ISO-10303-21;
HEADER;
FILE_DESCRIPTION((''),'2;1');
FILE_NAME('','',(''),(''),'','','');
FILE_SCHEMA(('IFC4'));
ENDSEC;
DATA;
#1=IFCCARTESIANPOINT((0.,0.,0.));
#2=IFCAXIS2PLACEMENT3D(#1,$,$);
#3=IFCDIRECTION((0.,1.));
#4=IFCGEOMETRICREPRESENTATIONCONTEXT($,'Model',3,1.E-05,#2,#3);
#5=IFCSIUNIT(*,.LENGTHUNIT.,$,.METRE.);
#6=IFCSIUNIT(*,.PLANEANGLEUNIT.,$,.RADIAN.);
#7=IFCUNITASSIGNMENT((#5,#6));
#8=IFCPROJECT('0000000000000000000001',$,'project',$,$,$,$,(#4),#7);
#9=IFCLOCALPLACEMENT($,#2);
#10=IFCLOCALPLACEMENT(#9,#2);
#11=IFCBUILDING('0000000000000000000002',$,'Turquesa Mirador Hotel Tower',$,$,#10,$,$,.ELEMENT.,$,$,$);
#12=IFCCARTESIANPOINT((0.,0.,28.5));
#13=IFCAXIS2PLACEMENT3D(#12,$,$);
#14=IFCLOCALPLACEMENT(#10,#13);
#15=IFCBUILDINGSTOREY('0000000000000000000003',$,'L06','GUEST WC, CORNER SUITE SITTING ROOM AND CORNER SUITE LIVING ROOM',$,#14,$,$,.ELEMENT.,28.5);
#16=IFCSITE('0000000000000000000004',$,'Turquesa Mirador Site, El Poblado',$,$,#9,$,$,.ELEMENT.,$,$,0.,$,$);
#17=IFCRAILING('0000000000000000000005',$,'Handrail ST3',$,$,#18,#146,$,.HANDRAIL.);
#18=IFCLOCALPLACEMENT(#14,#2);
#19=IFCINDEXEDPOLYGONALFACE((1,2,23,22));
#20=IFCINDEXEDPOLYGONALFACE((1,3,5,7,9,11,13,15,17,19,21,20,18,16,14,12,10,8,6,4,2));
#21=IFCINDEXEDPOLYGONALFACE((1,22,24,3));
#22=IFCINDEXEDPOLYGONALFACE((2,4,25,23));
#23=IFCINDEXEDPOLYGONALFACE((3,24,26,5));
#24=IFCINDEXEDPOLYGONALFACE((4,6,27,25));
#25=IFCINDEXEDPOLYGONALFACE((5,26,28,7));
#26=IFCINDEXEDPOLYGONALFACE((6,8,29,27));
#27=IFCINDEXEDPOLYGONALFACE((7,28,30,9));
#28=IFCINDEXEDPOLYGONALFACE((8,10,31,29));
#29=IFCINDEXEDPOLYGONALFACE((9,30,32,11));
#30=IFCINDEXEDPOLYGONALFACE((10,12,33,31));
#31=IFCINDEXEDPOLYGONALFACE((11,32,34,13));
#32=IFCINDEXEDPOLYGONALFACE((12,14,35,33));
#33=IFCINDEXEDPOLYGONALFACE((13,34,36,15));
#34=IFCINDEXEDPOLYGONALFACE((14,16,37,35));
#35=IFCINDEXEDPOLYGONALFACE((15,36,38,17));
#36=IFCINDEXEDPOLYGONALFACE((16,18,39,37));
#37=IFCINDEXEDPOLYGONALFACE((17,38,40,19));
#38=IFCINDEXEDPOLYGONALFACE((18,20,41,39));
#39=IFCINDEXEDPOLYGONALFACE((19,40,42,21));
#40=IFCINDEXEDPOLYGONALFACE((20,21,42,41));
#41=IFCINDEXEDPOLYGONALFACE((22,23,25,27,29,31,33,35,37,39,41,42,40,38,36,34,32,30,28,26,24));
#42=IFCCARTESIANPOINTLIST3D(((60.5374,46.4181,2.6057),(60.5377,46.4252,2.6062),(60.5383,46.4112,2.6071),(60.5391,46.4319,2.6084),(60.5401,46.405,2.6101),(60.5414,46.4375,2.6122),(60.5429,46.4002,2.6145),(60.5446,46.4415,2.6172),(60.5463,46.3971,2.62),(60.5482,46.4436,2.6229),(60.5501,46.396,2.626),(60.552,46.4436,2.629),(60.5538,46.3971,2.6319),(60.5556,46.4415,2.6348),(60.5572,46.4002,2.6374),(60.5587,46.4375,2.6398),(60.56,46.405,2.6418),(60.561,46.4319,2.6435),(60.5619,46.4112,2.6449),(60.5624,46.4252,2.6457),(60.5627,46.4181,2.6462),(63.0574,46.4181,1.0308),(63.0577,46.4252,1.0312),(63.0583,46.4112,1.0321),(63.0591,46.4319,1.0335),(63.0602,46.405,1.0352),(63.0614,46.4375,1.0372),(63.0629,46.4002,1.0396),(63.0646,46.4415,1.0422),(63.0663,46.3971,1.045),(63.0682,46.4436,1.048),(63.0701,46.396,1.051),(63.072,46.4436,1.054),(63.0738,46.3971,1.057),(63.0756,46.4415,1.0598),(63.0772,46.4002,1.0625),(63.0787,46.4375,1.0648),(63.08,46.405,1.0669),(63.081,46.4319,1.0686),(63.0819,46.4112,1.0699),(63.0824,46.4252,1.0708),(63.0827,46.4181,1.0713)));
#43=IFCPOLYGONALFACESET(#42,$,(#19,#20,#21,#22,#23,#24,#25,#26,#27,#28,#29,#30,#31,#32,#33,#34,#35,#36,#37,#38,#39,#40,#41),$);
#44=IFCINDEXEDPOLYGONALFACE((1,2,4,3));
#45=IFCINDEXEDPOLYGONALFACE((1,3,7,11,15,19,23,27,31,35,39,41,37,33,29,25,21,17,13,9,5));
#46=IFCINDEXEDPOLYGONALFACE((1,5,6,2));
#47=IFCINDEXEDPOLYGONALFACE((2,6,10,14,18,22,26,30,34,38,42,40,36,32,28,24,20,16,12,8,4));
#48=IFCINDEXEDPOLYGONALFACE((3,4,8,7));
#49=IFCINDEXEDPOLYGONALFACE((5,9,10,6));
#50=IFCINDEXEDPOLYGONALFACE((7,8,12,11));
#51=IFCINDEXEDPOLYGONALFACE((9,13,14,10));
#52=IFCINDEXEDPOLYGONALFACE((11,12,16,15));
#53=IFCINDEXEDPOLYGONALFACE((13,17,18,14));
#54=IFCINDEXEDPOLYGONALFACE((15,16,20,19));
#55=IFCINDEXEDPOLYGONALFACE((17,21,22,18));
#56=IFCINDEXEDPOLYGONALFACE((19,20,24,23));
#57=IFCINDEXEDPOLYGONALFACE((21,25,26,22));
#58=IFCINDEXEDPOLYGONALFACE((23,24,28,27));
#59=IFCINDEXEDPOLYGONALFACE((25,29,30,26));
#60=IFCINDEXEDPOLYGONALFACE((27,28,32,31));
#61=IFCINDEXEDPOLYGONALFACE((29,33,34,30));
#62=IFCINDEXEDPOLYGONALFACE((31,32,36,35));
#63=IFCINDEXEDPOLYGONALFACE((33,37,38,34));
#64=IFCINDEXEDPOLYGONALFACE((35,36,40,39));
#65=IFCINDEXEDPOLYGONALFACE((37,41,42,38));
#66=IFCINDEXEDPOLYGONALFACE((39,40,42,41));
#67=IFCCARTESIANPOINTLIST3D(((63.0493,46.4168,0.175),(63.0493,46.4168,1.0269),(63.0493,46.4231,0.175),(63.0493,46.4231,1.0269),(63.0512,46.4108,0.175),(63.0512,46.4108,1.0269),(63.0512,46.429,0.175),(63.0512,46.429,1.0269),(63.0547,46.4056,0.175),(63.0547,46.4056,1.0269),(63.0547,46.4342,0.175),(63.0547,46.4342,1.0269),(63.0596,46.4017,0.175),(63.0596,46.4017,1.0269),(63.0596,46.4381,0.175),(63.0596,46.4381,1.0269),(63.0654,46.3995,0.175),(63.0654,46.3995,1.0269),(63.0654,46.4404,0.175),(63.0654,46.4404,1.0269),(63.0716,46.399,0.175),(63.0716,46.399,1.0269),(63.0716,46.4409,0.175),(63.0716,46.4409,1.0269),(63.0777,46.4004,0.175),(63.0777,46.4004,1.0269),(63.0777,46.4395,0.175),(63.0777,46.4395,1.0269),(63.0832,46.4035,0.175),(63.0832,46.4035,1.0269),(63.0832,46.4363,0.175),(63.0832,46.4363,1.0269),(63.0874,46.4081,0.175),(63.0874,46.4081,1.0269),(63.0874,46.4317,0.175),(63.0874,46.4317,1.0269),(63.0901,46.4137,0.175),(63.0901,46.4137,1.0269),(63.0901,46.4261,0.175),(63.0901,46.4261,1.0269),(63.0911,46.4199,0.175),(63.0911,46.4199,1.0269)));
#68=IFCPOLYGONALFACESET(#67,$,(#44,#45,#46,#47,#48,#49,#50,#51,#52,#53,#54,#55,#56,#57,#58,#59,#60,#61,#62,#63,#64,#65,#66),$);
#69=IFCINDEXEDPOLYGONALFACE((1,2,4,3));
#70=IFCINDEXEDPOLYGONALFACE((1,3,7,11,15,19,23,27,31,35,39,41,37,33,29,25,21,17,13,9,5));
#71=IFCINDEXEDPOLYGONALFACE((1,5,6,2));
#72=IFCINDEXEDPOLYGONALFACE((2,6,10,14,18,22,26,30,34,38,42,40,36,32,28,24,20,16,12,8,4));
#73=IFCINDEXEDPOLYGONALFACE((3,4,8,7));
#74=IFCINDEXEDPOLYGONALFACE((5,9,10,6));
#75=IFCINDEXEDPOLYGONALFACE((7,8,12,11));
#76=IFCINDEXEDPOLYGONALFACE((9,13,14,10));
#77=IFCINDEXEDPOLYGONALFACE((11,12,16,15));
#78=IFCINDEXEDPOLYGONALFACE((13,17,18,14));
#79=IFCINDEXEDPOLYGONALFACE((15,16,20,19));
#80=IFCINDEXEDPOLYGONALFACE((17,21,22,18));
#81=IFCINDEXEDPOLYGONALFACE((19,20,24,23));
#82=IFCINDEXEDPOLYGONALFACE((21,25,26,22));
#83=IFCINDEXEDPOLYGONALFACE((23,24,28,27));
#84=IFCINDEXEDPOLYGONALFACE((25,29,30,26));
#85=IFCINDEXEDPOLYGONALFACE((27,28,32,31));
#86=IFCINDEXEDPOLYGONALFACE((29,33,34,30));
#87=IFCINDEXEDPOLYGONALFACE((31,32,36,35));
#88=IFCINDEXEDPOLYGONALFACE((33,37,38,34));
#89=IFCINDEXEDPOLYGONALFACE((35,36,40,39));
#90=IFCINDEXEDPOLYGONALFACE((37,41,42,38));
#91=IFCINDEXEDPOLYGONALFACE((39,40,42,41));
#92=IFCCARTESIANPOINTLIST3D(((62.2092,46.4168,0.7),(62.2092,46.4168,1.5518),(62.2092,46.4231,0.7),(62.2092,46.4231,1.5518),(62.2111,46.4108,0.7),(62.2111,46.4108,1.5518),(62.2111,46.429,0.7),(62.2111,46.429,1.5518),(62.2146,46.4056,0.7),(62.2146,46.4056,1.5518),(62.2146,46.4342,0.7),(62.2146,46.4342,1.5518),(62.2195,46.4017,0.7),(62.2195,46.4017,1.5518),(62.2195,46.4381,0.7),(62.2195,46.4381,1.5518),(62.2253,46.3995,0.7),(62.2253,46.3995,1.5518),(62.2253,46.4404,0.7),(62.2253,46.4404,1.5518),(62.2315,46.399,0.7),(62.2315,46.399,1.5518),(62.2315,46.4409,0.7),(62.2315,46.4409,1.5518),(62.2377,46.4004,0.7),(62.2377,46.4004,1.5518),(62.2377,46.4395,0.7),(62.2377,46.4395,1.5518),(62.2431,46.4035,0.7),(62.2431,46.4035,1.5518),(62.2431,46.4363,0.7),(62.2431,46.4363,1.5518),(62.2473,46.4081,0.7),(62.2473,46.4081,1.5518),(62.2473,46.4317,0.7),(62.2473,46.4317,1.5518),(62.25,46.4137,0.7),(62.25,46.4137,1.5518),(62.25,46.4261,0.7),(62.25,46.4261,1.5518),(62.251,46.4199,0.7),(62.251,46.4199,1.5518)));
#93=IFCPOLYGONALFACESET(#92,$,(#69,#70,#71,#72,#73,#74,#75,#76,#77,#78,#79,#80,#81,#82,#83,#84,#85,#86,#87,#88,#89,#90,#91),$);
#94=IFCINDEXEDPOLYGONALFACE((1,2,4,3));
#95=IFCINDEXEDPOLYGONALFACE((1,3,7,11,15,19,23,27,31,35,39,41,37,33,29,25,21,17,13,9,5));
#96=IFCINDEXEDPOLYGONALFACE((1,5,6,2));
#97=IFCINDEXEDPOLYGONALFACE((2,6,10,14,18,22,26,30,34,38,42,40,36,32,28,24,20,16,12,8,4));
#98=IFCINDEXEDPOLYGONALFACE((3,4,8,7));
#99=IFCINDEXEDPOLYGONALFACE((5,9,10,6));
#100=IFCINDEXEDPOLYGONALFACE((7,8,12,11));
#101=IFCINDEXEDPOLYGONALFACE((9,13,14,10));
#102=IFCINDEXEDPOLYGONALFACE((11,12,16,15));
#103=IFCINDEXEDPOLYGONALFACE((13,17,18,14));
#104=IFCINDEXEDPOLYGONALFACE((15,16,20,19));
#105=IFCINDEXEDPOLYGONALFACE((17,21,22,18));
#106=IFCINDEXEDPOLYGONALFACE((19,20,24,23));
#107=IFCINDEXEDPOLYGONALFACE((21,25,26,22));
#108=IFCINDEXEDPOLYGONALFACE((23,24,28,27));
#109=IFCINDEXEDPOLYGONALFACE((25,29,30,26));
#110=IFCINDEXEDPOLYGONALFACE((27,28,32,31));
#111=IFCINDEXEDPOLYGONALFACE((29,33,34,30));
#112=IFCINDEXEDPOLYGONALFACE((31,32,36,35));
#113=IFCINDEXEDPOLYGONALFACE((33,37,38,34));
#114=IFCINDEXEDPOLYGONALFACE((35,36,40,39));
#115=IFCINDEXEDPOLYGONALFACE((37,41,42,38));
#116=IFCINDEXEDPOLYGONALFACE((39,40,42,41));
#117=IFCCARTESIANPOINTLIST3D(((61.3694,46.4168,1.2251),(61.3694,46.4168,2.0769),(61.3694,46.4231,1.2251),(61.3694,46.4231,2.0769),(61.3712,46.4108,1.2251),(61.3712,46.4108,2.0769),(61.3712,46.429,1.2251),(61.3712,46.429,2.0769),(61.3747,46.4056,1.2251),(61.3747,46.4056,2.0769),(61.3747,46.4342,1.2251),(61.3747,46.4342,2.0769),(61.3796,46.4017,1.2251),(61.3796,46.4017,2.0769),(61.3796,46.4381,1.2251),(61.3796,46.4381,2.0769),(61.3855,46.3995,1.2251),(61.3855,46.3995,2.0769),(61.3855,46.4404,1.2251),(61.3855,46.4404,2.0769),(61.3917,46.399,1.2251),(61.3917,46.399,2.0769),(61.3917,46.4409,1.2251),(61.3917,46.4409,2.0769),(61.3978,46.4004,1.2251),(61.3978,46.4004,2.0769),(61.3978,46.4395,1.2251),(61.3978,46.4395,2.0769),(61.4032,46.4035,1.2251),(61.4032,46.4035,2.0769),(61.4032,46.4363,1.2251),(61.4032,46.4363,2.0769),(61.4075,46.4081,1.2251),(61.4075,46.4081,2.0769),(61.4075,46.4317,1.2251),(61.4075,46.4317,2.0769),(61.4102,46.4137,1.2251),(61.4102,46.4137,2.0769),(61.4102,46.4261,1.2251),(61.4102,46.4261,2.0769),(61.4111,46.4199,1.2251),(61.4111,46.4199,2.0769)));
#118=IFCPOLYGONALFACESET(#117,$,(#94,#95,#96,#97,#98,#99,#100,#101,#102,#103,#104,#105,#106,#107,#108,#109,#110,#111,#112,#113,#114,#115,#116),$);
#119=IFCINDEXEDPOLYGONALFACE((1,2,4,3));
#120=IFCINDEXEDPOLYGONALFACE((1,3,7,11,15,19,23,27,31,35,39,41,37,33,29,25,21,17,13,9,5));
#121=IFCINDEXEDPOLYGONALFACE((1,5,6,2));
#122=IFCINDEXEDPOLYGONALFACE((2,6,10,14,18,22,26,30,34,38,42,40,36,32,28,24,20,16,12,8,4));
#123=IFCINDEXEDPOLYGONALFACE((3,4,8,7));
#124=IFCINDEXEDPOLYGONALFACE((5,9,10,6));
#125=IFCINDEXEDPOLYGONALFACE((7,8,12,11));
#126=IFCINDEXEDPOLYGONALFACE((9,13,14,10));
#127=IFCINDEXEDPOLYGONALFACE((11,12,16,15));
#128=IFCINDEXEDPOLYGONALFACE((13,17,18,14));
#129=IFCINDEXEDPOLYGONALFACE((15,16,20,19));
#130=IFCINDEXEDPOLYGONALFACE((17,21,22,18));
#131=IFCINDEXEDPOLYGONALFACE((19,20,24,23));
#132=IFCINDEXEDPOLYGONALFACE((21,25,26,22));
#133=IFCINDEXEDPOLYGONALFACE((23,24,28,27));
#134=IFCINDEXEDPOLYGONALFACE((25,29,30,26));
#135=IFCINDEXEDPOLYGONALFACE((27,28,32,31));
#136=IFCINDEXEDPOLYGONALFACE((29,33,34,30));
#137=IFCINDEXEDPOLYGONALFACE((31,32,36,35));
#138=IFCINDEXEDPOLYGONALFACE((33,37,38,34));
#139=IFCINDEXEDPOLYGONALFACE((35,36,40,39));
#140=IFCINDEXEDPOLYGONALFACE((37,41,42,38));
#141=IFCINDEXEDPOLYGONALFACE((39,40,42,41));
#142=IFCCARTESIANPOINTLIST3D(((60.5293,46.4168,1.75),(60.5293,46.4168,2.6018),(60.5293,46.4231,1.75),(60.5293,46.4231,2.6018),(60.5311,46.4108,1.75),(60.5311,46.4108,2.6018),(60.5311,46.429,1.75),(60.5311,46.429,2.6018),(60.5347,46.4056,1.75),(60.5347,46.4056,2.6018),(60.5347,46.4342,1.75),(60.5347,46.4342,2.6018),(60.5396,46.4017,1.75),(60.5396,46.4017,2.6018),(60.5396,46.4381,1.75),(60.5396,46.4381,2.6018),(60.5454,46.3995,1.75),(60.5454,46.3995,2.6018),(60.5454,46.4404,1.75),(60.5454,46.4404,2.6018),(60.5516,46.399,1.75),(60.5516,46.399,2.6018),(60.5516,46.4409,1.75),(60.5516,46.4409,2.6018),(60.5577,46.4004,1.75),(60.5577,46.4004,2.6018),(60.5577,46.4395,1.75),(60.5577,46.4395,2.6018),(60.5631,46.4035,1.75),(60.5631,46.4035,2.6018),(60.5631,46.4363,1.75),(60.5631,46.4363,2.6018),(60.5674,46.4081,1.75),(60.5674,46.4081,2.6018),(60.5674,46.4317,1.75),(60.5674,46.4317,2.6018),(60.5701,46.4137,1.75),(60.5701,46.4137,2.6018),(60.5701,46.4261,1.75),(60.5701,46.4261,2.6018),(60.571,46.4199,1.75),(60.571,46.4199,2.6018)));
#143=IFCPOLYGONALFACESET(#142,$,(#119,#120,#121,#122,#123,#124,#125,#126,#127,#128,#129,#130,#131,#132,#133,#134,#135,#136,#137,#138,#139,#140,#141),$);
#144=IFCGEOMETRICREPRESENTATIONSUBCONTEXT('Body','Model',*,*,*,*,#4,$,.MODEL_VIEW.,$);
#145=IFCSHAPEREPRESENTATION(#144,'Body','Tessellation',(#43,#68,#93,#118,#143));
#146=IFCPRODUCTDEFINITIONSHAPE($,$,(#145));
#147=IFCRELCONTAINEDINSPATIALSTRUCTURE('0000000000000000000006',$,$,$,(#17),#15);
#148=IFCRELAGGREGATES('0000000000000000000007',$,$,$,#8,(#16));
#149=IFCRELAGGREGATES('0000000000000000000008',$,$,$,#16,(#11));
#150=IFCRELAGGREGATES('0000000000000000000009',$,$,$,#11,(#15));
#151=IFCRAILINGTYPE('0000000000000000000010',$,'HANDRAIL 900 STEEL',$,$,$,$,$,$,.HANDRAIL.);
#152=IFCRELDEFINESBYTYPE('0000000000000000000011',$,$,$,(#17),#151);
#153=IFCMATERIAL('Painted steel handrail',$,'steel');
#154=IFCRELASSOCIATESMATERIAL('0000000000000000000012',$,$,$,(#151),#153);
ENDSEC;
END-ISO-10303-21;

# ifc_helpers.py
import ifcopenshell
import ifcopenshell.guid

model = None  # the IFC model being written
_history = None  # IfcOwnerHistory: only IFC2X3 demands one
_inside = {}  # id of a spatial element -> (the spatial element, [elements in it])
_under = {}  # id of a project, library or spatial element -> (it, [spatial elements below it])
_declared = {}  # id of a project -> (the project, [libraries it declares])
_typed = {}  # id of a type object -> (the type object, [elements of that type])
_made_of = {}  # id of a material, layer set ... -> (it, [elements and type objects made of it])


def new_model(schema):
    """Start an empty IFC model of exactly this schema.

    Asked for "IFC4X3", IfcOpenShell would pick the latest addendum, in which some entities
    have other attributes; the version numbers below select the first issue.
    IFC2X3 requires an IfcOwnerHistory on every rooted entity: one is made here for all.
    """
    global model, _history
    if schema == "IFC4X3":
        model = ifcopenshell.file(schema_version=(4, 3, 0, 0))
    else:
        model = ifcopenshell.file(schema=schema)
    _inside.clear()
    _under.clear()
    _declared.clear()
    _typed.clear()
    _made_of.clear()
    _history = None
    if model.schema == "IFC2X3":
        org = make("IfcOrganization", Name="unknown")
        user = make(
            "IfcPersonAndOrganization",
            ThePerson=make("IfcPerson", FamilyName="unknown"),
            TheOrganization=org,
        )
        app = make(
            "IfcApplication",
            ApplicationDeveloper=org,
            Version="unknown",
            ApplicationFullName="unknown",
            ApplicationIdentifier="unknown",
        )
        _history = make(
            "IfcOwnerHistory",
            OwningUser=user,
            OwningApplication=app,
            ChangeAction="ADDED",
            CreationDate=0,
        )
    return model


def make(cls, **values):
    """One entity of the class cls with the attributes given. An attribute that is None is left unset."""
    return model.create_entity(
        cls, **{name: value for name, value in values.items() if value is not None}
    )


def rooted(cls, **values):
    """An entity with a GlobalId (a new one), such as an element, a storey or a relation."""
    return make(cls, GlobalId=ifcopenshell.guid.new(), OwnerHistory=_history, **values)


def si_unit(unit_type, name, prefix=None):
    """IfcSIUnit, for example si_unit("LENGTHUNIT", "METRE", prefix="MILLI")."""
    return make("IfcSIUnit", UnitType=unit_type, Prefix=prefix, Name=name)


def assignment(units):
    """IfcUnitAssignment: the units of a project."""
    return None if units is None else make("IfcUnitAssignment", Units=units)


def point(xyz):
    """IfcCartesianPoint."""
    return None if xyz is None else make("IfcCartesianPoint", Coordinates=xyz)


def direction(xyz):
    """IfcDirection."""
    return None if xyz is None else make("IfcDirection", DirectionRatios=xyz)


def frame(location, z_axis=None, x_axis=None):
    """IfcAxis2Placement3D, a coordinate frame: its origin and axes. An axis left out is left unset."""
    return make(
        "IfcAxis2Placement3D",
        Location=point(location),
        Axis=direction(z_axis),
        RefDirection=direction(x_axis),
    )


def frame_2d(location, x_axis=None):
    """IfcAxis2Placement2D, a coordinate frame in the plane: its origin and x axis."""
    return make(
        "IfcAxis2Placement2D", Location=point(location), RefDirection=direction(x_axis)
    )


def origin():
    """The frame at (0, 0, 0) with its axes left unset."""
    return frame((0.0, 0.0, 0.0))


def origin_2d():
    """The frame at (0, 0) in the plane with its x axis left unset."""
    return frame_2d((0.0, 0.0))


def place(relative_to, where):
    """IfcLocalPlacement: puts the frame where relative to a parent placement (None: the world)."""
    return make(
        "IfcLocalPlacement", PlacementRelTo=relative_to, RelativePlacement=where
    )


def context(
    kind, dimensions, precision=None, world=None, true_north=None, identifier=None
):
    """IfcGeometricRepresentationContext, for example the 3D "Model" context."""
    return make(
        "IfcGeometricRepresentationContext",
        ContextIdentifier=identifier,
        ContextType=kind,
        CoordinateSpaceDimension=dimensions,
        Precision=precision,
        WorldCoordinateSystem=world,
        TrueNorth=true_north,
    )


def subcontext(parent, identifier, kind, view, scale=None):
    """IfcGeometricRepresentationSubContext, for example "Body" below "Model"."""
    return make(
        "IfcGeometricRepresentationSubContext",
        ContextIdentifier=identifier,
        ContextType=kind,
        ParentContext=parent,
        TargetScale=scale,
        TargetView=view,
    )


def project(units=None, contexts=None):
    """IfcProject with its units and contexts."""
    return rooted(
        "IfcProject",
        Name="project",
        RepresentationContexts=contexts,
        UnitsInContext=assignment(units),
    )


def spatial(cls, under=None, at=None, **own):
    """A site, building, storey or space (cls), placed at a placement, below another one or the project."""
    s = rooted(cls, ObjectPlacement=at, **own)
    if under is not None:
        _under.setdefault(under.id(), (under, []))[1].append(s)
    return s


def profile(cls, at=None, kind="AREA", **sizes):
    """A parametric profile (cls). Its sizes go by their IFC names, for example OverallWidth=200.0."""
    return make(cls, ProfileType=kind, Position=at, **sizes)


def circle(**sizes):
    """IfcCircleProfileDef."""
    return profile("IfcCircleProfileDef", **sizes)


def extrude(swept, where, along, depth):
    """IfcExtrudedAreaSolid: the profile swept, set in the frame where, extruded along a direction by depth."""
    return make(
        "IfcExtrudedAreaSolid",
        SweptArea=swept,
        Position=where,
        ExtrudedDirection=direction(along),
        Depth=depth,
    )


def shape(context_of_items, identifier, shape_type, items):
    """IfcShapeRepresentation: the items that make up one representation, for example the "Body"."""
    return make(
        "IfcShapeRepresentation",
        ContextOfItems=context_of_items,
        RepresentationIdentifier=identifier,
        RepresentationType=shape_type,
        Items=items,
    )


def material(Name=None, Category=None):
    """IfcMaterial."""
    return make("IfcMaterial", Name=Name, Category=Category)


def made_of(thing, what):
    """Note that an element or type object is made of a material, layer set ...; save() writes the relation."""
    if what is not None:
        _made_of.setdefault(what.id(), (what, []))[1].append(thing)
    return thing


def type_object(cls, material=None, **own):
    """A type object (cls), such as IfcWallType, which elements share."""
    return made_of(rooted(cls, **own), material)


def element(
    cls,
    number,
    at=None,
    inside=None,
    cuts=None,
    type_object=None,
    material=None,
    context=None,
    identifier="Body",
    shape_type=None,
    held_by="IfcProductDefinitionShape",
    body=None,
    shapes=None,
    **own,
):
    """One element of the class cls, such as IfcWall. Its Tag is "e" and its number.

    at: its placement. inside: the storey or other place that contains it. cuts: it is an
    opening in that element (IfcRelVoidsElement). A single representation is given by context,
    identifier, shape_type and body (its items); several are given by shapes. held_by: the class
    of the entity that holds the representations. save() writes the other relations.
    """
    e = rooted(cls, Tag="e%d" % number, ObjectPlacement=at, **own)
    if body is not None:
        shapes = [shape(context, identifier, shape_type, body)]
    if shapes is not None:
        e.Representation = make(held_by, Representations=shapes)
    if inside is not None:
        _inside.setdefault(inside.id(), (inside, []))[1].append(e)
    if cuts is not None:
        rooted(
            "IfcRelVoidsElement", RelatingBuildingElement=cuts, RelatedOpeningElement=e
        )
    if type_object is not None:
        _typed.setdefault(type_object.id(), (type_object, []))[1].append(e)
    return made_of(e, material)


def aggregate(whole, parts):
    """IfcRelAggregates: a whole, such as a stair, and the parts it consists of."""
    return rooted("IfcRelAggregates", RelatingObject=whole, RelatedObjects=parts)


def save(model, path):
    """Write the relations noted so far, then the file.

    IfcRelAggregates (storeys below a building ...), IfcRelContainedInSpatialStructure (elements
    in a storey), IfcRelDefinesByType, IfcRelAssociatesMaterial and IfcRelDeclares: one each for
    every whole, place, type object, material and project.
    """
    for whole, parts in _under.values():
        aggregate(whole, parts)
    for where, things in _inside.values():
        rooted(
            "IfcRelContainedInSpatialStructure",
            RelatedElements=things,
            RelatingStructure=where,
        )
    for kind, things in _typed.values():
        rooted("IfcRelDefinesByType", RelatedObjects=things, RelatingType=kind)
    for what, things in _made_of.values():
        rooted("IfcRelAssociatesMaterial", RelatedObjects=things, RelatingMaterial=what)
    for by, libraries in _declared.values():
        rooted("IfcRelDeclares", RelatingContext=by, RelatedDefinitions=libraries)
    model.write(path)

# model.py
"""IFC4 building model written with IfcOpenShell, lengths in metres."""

from ifc_helpers import new_model, si_unit, direction, frame, origin, origin_2d, place, context, subcontext, project, spatial, circle, extrude, material, type_object, element, save


model = new_model("IFC4")

# Units and contexts
model_context = context("Model", 3, precision=1e-05, world=origin(), true_north=direction((0.0, 1.0)))
body_context = subcontext(model_context, "Body", "Model", "MODEL_VIEW")
ifc_project = project(units=[si_unit("LENGTHUNIT", "METRE"), si_unit("PLANEANGLEUNIT", "RADIAN")], contexts=[model_context])

# Site, building, storey
site_placement = place(None, origin())
site = spatial("IfcSite", under=ifc_project, at=site_placement, Name="Turquesa Mirador Site, El Poblado", CompositionType="ELEMENT", RefElevation=0.0)
building_placement = place(site_placement, origin())
building = spatial("IfcBuilding", under=site, at=building_placement, Name="Turquesa Mirador Hotel Tower", CompositionType="ELEMENT")
storey_placement = place(building_placement, frame((0.0, 0.0, 28.5)))
storey = spatial("IfcBuildingStorey", under=building, at=storey_placement, Name="L06", Description="GUEST WC, CORNER SUITE SITTING ROOM AND CORNER SUITE LIVING ROOM", CompositionType="ELEMENT", Elevation=28.5)

# Railing
ifc_material_1 = material(Name="Painted steel handrail", Category="steel")
railing_type = type_object("IfcRailingType", Name="HANDRAIL 900 STEEL", PredefinedType="HANDRAIL", material=ifc_material_1)
railing_1_placement = place(storey_placement, frame((63.0701, 46.4199, 0.175)))
element("IfcRailing", 1, at=railing_1_placement, inside=storey, type_object=railing_type, Name="Handrail ST3", PredefinedType="HANDRAIL", context=body_context, shape_type="SweptSolid", body=[
    extrude(circle(Radius=0.0239, at=origin_2d()), frame((0.0, 0.0, 0.876), z_axis=(-0.848008, 0.0, 0.529984), x_axis=(0.0, -1.0, 0.0)), (0.0, 0.0, 1.0), 2.9717),
    extrude(circle(Radius=0.021, at=origin_2d()), origin(), (0.0, 0.0, 1.0), 0.8518),
    extrude(circle(Radius=0.021, at=origin_2d()), frame((-0.8401, 0.0, 0.5249)), (0.0, 0.0, 1.0), 0.8518),
    extrude(circle(Radius=0.021, at=origin_2d()), frame((-1.6799, 0.0, 1.05)), (0.0, 0.0, 1.0), 0.8518),
    extrude(circle(Radius=0.021, at=origin_2d()), frame((-2.52, 0.0, 1.575)), (0.0, 0.0, 1.0), 0.8518),
])

save(model, "model.ifc")
